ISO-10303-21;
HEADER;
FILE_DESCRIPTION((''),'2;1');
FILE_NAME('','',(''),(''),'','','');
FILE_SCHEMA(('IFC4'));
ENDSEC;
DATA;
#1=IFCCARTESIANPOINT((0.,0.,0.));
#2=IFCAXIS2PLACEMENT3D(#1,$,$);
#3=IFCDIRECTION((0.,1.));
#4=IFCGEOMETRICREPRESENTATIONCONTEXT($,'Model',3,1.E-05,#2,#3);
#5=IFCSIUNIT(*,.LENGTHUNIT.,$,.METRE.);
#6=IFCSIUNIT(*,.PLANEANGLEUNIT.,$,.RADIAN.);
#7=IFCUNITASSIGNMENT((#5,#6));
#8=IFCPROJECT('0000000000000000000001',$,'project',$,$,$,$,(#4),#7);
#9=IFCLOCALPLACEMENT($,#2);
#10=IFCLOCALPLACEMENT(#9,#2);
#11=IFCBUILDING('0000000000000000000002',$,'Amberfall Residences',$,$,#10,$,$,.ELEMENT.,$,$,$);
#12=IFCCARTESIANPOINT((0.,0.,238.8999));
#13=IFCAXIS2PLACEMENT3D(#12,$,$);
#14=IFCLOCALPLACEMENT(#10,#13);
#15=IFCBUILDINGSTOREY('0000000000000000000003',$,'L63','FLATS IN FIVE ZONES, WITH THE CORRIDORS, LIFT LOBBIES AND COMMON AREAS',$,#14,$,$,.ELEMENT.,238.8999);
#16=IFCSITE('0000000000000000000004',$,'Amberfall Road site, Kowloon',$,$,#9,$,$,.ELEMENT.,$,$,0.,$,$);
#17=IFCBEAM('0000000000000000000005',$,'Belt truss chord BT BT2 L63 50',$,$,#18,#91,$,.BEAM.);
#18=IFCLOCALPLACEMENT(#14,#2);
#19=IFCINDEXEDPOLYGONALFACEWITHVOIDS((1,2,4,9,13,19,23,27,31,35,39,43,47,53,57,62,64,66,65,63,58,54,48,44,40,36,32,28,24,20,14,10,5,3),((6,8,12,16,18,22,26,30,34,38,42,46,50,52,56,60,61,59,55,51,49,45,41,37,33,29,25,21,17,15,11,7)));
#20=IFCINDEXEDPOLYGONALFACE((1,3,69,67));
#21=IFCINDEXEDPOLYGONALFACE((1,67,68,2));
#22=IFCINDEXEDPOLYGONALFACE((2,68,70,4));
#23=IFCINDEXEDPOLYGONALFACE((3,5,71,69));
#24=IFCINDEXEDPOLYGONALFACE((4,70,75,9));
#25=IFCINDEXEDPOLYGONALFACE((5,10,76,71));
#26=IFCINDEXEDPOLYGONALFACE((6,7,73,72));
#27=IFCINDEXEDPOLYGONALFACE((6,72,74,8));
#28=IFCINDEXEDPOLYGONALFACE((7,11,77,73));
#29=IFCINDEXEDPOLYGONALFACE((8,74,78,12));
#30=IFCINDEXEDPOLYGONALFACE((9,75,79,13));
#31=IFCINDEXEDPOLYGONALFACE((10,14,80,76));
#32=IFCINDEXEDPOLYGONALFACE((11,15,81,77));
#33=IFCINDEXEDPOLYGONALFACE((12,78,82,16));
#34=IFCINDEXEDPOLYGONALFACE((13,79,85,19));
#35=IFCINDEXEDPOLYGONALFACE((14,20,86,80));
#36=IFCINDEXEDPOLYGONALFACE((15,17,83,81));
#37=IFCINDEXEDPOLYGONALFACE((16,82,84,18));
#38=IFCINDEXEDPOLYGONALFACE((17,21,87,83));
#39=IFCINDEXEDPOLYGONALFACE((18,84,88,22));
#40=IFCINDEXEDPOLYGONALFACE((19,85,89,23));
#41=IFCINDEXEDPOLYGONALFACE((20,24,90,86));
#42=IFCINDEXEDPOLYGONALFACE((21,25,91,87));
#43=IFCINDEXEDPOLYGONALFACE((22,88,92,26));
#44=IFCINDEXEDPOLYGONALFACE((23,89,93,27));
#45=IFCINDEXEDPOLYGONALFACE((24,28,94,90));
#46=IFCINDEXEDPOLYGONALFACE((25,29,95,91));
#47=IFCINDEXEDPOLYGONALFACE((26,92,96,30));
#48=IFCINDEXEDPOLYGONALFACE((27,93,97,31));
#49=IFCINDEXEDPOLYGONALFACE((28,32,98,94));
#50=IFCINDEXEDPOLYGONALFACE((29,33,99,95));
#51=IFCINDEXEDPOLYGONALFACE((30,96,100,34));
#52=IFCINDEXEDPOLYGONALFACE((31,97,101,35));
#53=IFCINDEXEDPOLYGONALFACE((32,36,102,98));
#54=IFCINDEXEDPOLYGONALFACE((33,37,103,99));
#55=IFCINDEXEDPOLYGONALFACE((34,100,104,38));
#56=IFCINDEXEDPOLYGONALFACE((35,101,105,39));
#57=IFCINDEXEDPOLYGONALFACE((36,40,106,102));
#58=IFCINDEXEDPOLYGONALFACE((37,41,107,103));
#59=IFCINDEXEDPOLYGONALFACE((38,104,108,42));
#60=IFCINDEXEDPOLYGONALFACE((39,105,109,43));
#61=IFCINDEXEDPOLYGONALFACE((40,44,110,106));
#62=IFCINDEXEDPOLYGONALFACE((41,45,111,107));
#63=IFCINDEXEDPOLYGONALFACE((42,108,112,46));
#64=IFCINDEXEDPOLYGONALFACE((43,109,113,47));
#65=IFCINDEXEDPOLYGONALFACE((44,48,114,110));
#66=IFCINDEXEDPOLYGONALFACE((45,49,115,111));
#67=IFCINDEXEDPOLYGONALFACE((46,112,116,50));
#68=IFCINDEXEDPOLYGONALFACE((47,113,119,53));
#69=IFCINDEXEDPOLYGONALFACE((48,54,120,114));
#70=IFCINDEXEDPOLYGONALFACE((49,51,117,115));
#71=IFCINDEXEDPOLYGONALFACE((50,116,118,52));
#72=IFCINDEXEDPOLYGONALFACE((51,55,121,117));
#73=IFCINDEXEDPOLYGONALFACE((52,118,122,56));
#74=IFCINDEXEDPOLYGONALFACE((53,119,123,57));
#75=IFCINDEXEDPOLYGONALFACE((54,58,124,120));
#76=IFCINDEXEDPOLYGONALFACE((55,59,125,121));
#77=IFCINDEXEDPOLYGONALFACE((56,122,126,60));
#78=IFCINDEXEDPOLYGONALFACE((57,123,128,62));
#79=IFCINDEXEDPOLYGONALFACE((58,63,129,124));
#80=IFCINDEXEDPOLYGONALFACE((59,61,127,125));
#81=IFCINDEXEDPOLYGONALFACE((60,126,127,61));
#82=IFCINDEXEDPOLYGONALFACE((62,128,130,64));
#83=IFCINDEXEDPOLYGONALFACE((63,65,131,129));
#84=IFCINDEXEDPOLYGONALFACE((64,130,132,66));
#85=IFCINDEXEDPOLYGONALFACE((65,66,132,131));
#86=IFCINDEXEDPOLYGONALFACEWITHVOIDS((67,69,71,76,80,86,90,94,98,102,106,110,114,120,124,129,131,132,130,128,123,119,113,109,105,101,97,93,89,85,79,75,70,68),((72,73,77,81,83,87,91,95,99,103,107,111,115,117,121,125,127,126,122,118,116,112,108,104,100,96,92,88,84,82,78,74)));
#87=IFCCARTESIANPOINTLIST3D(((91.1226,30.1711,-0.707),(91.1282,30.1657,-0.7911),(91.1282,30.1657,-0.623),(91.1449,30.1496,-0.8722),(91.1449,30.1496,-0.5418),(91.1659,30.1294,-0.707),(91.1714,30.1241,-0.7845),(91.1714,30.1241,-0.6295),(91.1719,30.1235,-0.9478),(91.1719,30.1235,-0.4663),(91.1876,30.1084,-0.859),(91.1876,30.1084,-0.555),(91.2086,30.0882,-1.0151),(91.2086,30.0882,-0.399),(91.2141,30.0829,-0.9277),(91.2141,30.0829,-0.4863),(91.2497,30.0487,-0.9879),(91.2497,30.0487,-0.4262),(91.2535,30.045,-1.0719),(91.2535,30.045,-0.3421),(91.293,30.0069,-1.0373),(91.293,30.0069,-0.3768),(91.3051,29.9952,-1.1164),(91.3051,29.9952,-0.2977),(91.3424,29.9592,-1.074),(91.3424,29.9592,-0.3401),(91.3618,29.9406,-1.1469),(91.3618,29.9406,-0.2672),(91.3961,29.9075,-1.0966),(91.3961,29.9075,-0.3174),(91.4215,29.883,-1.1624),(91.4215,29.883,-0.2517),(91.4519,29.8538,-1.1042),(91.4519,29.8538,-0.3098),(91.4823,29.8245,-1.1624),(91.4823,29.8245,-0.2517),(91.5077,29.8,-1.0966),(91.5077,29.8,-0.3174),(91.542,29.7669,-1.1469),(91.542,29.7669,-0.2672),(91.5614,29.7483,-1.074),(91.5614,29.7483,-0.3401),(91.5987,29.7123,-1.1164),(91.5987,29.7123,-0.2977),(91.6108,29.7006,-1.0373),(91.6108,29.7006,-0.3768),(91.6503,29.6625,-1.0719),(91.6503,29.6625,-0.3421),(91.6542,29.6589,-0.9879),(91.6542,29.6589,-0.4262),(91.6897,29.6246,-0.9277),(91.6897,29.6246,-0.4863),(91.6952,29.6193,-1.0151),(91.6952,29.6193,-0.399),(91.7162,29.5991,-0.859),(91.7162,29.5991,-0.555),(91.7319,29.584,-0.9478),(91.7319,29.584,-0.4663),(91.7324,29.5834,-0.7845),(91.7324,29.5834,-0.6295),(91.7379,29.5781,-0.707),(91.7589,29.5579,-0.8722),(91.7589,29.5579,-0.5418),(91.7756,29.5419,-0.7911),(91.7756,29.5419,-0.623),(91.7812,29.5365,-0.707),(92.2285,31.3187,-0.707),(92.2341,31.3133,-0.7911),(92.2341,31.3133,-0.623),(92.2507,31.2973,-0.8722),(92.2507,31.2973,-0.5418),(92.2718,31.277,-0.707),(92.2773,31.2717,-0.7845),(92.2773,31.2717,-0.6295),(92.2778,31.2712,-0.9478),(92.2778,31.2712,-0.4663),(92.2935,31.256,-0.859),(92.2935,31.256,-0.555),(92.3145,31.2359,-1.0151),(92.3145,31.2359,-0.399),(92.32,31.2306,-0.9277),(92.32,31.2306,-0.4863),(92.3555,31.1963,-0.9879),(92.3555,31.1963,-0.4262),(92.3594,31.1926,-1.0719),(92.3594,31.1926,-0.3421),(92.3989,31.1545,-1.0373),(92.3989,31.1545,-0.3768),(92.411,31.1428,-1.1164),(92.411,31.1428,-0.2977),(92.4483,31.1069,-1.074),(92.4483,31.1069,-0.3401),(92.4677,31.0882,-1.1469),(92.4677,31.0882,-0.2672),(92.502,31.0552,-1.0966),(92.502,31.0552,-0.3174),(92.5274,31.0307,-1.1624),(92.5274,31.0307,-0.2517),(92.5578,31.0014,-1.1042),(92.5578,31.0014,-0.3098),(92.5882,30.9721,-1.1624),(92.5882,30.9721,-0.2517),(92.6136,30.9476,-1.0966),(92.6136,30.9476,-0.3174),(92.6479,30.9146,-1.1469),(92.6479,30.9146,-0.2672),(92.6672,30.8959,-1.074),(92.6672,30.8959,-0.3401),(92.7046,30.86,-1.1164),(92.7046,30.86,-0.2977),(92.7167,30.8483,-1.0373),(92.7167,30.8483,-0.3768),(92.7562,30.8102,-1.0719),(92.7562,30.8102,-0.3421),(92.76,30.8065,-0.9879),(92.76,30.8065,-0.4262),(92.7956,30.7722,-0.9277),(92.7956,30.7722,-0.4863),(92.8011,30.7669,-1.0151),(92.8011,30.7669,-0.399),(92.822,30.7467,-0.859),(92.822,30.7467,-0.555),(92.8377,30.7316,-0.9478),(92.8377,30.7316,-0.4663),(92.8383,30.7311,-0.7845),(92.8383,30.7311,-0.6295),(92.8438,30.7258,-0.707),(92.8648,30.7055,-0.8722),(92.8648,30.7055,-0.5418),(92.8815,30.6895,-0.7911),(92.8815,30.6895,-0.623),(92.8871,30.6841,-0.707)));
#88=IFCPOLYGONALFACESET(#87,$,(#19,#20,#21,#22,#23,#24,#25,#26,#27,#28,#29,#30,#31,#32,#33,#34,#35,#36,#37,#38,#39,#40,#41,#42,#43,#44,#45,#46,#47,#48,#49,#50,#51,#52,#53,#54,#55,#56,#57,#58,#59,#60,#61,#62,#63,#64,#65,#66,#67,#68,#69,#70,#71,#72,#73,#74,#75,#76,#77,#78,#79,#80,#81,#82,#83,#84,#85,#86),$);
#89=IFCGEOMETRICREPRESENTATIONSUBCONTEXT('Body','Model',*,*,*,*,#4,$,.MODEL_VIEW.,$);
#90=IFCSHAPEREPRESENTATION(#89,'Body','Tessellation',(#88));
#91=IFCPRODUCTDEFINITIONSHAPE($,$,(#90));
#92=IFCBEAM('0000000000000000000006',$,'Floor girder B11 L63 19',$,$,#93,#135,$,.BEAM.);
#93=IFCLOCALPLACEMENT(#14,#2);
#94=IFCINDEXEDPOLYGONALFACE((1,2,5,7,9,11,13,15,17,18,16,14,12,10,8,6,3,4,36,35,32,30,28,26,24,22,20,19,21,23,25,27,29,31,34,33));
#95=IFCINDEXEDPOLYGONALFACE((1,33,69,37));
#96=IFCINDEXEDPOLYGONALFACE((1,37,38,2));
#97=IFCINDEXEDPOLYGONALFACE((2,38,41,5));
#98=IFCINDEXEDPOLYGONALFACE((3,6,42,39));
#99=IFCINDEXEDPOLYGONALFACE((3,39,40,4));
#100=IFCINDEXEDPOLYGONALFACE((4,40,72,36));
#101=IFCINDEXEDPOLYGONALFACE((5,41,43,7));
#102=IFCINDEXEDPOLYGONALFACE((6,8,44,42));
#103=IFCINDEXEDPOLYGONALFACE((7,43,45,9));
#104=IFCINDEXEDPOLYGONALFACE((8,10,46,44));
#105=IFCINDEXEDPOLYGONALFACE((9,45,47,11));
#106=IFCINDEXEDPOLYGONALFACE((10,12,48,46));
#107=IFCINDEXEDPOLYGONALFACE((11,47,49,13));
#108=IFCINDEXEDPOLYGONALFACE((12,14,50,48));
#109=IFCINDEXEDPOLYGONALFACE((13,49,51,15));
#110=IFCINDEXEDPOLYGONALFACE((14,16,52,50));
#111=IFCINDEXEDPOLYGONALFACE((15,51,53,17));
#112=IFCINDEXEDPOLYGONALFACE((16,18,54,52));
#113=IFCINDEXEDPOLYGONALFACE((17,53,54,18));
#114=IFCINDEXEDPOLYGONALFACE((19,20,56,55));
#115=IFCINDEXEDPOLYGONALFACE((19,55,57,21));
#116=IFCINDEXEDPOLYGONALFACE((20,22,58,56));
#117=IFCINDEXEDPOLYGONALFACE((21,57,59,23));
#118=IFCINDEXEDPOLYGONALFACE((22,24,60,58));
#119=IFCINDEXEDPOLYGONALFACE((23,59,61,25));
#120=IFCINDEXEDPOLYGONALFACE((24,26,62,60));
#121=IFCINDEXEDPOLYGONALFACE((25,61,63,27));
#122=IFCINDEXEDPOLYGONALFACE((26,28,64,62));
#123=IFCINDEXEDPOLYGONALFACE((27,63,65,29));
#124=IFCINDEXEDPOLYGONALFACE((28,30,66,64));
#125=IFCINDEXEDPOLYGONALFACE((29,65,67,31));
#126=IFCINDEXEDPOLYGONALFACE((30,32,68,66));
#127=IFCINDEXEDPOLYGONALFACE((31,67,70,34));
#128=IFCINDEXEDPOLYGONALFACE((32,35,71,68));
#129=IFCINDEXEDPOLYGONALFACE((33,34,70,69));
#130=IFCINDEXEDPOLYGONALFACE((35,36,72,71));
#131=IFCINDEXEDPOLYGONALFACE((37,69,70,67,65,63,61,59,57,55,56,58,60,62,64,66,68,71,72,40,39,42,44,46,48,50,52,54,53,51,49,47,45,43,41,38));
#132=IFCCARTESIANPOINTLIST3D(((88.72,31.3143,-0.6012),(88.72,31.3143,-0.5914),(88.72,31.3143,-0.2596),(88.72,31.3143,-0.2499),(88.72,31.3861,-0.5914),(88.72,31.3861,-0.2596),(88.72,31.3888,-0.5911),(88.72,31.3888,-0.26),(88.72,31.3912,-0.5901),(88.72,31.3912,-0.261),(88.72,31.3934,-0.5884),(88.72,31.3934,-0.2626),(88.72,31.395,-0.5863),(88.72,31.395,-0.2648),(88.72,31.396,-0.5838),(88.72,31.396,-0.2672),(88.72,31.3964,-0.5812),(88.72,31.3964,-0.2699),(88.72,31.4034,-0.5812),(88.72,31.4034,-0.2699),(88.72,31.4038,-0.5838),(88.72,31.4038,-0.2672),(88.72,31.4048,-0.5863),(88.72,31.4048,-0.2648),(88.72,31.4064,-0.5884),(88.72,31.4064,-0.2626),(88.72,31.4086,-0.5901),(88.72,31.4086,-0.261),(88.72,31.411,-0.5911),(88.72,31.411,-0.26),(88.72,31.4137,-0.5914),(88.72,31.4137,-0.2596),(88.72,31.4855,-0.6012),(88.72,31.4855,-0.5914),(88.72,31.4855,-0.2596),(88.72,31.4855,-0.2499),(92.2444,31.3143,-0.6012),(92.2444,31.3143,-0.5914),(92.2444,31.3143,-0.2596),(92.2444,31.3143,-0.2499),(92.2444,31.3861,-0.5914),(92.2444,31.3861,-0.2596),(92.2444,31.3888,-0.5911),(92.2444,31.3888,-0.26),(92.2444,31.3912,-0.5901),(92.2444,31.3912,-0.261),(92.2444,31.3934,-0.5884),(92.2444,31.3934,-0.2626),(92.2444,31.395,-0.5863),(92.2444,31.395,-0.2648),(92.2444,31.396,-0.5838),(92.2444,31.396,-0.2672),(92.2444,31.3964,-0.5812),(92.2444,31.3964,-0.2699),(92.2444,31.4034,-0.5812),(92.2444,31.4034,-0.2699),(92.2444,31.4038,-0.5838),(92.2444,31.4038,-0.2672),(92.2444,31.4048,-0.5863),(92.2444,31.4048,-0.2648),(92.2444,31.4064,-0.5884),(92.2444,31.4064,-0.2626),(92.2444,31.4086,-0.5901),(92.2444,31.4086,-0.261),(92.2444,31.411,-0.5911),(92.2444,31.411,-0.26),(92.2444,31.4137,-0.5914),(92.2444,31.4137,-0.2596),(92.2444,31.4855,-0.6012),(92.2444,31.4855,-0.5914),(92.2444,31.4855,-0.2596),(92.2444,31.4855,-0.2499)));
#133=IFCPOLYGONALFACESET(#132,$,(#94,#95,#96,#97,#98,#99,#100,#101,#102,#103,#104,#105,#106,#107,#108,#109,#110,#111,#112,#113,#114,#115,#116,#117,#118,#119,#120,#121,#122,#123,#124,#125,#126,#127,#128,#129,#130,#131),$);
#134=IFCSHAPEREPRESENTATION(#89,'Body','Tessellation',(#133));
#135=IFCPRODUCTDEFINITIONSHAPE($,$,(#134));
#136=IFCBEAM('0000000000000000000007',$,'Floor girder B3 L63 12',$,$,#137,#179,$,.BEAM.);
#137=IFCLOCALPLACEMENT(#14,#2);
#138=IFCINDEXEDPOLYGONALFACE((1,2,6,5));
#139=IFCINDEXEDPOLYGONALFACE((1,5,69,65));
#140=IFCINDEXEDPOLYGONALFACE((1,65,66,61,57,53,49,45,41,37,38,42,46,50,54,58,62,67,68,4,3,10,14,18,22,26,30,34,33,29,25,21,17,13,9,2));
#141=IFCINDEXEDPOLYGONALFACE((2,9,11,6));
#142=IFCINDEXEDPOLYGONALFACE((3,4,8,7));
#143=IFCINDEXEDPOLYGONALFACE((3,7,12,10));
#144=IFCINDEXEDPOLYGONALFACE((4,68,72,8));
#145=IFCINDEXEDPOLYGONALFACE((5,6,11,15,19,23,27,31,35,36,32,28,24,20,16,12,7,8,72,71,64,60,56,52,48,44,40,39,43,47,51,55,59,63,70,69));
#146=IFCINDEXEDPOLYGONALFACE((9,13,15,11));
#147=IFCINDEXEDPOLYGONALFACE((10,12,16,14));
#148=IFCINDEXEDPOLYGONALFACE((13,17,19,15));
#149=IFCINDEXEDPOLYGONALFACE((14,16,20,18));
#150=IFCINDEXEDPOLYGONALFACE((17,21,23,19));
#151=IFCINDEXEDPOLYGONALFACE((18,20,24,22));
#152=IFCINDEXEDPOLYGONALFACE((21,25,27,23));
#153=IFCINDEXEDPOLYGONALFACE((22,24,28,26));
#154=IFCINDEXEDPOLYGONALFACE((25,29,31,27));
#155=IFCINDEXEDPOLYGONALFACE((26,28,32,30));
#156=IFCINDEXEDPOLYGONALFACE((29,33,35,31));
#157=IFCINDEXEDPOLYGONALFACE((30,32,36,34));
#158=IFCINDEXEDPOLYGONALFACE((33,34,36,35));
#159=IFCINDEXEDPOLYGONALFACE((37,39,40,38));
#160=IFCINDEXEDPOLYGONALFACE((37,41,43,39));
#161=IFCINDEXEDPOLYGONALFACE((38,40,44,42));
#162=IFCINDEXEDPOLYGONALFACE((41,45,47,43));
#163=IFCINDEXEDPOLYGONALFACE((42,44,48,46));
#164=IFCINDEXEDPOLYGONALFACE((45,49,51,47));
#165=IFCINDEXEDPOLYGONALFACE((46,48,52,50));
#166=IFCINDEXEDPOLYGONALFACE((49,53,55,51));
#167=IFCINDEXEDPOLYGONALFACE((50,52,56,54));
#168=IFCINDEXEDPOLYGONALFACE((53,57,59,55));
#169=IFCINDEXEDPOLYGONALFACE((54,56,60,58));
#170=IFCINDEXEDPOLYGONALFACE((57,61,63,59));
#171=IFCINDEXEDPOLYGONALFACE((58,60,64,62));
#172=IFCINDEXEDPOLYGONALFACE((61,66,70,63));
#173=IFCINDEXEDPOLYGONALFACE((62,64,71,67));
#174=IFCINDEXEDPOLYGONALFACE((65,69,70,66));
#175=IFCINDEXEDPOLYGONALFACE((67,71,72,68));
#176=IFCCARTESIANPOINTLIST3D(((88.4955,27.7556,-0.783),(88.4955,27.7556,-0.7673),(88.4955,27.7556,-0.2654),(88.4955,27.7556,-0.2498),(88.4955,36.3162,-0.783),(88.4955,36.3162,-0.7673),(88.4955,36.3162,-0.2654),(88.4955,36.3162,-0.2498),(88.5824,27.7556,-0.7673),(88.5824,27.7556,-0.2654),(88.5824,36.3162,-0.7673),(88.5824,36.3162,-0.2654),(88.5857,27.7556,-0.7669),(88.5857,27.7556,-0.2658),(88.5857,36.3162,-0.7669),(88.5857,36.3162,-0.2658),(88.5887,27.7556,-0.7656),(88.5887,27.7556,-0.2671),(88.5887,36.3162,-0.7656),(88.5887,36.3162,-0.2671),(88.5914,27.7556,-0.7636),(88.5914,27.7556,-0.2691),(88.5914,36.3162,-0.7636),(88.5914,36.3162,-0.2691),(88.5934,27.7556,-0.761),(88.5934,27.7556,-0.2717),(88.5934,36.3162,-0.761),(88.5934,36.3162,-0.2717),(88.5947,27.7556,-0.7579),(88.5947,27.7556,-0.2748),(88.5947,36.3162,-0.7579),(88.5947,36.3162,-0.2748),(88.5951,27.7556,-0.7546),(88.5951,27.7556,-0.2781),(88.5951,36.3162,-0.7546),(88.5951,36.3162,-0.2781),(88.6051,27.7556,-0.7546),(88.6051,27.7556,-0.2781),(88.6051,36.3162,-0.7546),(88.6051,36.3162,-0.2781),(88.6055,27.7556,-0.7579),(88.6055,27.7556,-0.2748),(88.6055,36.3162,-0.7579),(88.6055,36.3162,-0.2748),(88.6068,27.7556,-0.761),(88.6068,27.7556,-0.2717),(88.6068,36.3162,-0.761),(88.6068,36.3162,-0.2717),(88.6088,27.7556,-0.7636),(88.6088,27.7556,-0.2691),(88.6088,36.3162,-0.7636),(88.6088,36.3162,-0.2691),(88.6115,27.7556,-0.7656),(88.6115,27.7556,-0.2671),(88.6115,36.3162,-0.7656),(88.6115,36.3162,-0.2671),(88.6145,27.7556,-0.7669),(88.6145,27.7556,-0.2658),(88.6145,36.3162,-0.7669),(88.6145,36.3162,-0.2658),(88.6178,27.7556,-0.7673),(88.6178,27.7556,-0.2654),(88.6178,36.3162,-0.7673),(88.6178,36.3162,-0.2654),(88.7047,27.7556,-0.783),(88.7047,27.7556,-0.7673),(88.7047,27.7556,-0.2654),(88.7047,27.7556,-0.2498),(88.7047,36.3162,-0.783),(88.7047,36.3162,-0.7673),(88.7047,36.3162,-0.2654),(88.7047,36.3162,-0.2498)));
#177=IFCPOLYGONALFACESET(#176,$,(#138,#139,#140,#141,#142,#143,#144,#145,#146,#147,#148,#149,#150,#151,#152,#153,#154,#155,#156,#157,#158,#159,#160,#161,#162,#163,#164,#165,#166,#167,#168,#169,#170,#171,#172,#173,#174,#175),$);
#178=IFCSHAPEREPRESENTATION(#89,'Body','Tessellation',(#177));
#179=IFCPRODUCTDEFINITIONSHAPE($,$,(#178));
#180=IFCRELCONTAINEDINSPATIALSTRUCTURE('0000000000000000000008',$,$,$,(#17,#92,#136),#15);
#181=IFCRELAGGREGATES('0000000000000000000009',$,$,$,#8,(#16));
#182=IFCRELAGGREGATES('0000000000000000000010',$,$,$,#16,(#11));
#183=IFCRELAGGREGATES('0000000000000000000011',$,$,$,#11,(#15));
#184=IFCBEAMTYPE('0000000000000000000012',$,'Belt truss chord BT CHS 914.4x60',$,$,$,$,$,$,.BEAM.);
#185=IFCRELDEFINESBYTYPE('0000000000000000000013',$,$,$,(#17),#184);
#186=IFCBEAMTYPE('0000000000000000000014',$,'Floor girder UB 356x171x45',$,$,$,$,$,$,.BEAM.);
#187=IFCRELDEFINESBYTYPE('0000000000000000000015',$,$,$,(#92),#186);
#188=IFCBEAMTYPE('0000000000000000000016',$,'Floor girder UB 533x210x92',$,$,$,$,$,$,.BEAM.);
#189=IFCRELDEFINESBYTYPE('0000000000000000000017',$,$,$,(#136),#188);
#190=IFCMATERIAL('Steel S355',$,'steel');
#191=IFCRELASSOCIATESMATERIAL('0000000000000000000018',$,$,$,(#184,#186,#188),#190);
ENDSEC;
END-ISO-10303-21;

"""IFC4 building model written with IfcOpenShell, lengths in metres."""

from ifc_helpers import new_model, si_unit, direction, frame, origin, origin_2d, place, context, subcontext, project, spatial, hollow_circle, i_section, extrude, material, material_profile, profile_set, type_object, element, save


model = new_model("IFC4")

# Units and contexts
model_context = context("Model", 3, precision=1e-05, world=origin(), true_north=direction((0.0, 1.0)))
body_context = subcontext(model_context, "Body", "Model", "MODEL_VIEW")
ifc_project = project(units=[si_unit("LENGTHUNIT", "METRE"), si_unit("PLANEANGLEUNIT", "RADIAN")], contexts=[model_context])

# Site, building, storey
site_placement = place(None, origin())
site = spatial("IfcSite", under=ifc_project, at=site_placement, Name="Amberfall Road site, Kowloon", CompositionType="ELEMENT", RefElevation=0.0)
building_placement = place(site_placement, origin())
building = spatial("IfcBuilding", under=site, at=building_placement, Name="Amberfall Residences", CompositionType="ELEMENT")
storey_placement = place(building_placement, frame((0.0, 0.0, 238.8999)))
storey = spatial("IfcBuildingStorey", under=building, at=storey_placement, Name="L63", Description="FLATS IN FIVE ZONES, WITH THE CORRIDORS, LIFT LOBBIES AND COMMON AREAS", CompositionType="ELEMENT", Elevation=238.8999)

# Beams
ifc_material_1 = material(Name="Steel S355", Category="steel")
ifc_material_profile_1 = material_profile(ifc_material_1, hollow_circle(Radius=0.4573, WallThickness=0.0601, at=origin_2d()), Name="CHS 914.4x60")
ifc_profile_set_1 = profile_set([ifc_material_profile_1], Name="Steel S355")
beam_type_1 = type_object("IfcBeamType", Name="Belt truss chord BT CHS 914.4x60", PredefinedType="BEAM", material=ifc_profile_set_1)
for number, where, z_axis, x_axis, name in (
    (1, (91.4519, 29.8538, -0.707), (0.693889, 0.720082, 0.0), (-0.720082, 0.693889, 0.0), "Belt truss chord BT BT2 L63 50"),
):
    element("IfcBeam", number, at=place(storey_placement, frame(where, z_axis=z_axis, x_axis=x_axis)), inside=storey, type_object=beam_type_1, Name=name, PredefinedType="BEAM", context=body_context, shape_type="SweptSolid", body=[
        extrude(hollow_circle(Radius=0.4573, WallThickness=0.0601, at=origin_2d()), origin(), (0.0, 0.0, 1.0), 1.5938),
    ])
ifc_material_profile_2 = material_profile(ifc_material_1, i_section(OverallWidth=0.1711, OverallDepth=0.3513, WebThickness=0.0071, FlangeThickness=0.0098, FilletRadius=0.0103, at=origin_2d()), Name="UB 356x171x45")
ifc_profile_set_2 = profile_set([ifc_material_profile_2], Name="Steel S355")
beam_type_2 = type_object("IfcBeamType", Name="Floor girder UB 356x171x45", PredefinedType="BEAM", material=ifc_profile_set_2)
beam_1_placement = place(storey_placement, frame((92.2444, 31.3999, -0.4255), z_axis=(-1.0, 0.0, 0.0), x_axis=(0.0, -1.0, 0.0)))
element("IfcBeam", 2, at=beam_1_placement, inside=storey, type_object=beam_type_2, Name="Floor girder B11 L63 19", PredefinedType="BEAM", context=body_context, shape_type="SweptSolid", body=[
    extrude(i_section(OverallWidth=0.1711, OverallDepth=0.3513, WebThickness=0.0071, FlangeThickness=0.0098, FilletRadius=0.0103, at=origin_2d()), origin(), (0.0, 0.0, 1.0), 3.5244),
])
ifc_material_profile_3 = material_profile(ifc_material_1, i_section(OverallWidth=0.2092, OverallDepth=0.5332, WebThickness=0.01, FlangeThickness=0.0156, FilletRadius=0.0127, at=origin_2d()), Name="UB 533x210x92")
ifc_profile_set_3 = profile_set([ifc_material_profile_3], Name="Steel S355")
beam_type_3 = type_object("IfcBeamType", Name="Floor girder UB 533x210x92", PredefinedType="BEAM", material=ifc_profile_set_3)
beam_2_placement = place(storey_placement, frame((88.6001, 27.7556, -0.5164), z_axis=(0.0, 1.0, 0.0), x_axis=(-1.0, 0.0, 0.0)))
element("IfcBeam", 3, at=beam_2_placement, inside=storey, type_object=beam_type_3, Name="Floor girder B3 L63 12", PredefinedType="BEAM", context=body_context, shape_type="SweptSolid", body=[
    extrude(i_section(OverallWidth=0.2092, OverallDepth=0.5332, WebThickness=0.01, FlangeThickness=0.0156, FilletRadius=0.0127, at=origin_2d()), origin(), (0.0, 0.0, 1.0), 8.5605),
])

save(model, "model.ifc")
